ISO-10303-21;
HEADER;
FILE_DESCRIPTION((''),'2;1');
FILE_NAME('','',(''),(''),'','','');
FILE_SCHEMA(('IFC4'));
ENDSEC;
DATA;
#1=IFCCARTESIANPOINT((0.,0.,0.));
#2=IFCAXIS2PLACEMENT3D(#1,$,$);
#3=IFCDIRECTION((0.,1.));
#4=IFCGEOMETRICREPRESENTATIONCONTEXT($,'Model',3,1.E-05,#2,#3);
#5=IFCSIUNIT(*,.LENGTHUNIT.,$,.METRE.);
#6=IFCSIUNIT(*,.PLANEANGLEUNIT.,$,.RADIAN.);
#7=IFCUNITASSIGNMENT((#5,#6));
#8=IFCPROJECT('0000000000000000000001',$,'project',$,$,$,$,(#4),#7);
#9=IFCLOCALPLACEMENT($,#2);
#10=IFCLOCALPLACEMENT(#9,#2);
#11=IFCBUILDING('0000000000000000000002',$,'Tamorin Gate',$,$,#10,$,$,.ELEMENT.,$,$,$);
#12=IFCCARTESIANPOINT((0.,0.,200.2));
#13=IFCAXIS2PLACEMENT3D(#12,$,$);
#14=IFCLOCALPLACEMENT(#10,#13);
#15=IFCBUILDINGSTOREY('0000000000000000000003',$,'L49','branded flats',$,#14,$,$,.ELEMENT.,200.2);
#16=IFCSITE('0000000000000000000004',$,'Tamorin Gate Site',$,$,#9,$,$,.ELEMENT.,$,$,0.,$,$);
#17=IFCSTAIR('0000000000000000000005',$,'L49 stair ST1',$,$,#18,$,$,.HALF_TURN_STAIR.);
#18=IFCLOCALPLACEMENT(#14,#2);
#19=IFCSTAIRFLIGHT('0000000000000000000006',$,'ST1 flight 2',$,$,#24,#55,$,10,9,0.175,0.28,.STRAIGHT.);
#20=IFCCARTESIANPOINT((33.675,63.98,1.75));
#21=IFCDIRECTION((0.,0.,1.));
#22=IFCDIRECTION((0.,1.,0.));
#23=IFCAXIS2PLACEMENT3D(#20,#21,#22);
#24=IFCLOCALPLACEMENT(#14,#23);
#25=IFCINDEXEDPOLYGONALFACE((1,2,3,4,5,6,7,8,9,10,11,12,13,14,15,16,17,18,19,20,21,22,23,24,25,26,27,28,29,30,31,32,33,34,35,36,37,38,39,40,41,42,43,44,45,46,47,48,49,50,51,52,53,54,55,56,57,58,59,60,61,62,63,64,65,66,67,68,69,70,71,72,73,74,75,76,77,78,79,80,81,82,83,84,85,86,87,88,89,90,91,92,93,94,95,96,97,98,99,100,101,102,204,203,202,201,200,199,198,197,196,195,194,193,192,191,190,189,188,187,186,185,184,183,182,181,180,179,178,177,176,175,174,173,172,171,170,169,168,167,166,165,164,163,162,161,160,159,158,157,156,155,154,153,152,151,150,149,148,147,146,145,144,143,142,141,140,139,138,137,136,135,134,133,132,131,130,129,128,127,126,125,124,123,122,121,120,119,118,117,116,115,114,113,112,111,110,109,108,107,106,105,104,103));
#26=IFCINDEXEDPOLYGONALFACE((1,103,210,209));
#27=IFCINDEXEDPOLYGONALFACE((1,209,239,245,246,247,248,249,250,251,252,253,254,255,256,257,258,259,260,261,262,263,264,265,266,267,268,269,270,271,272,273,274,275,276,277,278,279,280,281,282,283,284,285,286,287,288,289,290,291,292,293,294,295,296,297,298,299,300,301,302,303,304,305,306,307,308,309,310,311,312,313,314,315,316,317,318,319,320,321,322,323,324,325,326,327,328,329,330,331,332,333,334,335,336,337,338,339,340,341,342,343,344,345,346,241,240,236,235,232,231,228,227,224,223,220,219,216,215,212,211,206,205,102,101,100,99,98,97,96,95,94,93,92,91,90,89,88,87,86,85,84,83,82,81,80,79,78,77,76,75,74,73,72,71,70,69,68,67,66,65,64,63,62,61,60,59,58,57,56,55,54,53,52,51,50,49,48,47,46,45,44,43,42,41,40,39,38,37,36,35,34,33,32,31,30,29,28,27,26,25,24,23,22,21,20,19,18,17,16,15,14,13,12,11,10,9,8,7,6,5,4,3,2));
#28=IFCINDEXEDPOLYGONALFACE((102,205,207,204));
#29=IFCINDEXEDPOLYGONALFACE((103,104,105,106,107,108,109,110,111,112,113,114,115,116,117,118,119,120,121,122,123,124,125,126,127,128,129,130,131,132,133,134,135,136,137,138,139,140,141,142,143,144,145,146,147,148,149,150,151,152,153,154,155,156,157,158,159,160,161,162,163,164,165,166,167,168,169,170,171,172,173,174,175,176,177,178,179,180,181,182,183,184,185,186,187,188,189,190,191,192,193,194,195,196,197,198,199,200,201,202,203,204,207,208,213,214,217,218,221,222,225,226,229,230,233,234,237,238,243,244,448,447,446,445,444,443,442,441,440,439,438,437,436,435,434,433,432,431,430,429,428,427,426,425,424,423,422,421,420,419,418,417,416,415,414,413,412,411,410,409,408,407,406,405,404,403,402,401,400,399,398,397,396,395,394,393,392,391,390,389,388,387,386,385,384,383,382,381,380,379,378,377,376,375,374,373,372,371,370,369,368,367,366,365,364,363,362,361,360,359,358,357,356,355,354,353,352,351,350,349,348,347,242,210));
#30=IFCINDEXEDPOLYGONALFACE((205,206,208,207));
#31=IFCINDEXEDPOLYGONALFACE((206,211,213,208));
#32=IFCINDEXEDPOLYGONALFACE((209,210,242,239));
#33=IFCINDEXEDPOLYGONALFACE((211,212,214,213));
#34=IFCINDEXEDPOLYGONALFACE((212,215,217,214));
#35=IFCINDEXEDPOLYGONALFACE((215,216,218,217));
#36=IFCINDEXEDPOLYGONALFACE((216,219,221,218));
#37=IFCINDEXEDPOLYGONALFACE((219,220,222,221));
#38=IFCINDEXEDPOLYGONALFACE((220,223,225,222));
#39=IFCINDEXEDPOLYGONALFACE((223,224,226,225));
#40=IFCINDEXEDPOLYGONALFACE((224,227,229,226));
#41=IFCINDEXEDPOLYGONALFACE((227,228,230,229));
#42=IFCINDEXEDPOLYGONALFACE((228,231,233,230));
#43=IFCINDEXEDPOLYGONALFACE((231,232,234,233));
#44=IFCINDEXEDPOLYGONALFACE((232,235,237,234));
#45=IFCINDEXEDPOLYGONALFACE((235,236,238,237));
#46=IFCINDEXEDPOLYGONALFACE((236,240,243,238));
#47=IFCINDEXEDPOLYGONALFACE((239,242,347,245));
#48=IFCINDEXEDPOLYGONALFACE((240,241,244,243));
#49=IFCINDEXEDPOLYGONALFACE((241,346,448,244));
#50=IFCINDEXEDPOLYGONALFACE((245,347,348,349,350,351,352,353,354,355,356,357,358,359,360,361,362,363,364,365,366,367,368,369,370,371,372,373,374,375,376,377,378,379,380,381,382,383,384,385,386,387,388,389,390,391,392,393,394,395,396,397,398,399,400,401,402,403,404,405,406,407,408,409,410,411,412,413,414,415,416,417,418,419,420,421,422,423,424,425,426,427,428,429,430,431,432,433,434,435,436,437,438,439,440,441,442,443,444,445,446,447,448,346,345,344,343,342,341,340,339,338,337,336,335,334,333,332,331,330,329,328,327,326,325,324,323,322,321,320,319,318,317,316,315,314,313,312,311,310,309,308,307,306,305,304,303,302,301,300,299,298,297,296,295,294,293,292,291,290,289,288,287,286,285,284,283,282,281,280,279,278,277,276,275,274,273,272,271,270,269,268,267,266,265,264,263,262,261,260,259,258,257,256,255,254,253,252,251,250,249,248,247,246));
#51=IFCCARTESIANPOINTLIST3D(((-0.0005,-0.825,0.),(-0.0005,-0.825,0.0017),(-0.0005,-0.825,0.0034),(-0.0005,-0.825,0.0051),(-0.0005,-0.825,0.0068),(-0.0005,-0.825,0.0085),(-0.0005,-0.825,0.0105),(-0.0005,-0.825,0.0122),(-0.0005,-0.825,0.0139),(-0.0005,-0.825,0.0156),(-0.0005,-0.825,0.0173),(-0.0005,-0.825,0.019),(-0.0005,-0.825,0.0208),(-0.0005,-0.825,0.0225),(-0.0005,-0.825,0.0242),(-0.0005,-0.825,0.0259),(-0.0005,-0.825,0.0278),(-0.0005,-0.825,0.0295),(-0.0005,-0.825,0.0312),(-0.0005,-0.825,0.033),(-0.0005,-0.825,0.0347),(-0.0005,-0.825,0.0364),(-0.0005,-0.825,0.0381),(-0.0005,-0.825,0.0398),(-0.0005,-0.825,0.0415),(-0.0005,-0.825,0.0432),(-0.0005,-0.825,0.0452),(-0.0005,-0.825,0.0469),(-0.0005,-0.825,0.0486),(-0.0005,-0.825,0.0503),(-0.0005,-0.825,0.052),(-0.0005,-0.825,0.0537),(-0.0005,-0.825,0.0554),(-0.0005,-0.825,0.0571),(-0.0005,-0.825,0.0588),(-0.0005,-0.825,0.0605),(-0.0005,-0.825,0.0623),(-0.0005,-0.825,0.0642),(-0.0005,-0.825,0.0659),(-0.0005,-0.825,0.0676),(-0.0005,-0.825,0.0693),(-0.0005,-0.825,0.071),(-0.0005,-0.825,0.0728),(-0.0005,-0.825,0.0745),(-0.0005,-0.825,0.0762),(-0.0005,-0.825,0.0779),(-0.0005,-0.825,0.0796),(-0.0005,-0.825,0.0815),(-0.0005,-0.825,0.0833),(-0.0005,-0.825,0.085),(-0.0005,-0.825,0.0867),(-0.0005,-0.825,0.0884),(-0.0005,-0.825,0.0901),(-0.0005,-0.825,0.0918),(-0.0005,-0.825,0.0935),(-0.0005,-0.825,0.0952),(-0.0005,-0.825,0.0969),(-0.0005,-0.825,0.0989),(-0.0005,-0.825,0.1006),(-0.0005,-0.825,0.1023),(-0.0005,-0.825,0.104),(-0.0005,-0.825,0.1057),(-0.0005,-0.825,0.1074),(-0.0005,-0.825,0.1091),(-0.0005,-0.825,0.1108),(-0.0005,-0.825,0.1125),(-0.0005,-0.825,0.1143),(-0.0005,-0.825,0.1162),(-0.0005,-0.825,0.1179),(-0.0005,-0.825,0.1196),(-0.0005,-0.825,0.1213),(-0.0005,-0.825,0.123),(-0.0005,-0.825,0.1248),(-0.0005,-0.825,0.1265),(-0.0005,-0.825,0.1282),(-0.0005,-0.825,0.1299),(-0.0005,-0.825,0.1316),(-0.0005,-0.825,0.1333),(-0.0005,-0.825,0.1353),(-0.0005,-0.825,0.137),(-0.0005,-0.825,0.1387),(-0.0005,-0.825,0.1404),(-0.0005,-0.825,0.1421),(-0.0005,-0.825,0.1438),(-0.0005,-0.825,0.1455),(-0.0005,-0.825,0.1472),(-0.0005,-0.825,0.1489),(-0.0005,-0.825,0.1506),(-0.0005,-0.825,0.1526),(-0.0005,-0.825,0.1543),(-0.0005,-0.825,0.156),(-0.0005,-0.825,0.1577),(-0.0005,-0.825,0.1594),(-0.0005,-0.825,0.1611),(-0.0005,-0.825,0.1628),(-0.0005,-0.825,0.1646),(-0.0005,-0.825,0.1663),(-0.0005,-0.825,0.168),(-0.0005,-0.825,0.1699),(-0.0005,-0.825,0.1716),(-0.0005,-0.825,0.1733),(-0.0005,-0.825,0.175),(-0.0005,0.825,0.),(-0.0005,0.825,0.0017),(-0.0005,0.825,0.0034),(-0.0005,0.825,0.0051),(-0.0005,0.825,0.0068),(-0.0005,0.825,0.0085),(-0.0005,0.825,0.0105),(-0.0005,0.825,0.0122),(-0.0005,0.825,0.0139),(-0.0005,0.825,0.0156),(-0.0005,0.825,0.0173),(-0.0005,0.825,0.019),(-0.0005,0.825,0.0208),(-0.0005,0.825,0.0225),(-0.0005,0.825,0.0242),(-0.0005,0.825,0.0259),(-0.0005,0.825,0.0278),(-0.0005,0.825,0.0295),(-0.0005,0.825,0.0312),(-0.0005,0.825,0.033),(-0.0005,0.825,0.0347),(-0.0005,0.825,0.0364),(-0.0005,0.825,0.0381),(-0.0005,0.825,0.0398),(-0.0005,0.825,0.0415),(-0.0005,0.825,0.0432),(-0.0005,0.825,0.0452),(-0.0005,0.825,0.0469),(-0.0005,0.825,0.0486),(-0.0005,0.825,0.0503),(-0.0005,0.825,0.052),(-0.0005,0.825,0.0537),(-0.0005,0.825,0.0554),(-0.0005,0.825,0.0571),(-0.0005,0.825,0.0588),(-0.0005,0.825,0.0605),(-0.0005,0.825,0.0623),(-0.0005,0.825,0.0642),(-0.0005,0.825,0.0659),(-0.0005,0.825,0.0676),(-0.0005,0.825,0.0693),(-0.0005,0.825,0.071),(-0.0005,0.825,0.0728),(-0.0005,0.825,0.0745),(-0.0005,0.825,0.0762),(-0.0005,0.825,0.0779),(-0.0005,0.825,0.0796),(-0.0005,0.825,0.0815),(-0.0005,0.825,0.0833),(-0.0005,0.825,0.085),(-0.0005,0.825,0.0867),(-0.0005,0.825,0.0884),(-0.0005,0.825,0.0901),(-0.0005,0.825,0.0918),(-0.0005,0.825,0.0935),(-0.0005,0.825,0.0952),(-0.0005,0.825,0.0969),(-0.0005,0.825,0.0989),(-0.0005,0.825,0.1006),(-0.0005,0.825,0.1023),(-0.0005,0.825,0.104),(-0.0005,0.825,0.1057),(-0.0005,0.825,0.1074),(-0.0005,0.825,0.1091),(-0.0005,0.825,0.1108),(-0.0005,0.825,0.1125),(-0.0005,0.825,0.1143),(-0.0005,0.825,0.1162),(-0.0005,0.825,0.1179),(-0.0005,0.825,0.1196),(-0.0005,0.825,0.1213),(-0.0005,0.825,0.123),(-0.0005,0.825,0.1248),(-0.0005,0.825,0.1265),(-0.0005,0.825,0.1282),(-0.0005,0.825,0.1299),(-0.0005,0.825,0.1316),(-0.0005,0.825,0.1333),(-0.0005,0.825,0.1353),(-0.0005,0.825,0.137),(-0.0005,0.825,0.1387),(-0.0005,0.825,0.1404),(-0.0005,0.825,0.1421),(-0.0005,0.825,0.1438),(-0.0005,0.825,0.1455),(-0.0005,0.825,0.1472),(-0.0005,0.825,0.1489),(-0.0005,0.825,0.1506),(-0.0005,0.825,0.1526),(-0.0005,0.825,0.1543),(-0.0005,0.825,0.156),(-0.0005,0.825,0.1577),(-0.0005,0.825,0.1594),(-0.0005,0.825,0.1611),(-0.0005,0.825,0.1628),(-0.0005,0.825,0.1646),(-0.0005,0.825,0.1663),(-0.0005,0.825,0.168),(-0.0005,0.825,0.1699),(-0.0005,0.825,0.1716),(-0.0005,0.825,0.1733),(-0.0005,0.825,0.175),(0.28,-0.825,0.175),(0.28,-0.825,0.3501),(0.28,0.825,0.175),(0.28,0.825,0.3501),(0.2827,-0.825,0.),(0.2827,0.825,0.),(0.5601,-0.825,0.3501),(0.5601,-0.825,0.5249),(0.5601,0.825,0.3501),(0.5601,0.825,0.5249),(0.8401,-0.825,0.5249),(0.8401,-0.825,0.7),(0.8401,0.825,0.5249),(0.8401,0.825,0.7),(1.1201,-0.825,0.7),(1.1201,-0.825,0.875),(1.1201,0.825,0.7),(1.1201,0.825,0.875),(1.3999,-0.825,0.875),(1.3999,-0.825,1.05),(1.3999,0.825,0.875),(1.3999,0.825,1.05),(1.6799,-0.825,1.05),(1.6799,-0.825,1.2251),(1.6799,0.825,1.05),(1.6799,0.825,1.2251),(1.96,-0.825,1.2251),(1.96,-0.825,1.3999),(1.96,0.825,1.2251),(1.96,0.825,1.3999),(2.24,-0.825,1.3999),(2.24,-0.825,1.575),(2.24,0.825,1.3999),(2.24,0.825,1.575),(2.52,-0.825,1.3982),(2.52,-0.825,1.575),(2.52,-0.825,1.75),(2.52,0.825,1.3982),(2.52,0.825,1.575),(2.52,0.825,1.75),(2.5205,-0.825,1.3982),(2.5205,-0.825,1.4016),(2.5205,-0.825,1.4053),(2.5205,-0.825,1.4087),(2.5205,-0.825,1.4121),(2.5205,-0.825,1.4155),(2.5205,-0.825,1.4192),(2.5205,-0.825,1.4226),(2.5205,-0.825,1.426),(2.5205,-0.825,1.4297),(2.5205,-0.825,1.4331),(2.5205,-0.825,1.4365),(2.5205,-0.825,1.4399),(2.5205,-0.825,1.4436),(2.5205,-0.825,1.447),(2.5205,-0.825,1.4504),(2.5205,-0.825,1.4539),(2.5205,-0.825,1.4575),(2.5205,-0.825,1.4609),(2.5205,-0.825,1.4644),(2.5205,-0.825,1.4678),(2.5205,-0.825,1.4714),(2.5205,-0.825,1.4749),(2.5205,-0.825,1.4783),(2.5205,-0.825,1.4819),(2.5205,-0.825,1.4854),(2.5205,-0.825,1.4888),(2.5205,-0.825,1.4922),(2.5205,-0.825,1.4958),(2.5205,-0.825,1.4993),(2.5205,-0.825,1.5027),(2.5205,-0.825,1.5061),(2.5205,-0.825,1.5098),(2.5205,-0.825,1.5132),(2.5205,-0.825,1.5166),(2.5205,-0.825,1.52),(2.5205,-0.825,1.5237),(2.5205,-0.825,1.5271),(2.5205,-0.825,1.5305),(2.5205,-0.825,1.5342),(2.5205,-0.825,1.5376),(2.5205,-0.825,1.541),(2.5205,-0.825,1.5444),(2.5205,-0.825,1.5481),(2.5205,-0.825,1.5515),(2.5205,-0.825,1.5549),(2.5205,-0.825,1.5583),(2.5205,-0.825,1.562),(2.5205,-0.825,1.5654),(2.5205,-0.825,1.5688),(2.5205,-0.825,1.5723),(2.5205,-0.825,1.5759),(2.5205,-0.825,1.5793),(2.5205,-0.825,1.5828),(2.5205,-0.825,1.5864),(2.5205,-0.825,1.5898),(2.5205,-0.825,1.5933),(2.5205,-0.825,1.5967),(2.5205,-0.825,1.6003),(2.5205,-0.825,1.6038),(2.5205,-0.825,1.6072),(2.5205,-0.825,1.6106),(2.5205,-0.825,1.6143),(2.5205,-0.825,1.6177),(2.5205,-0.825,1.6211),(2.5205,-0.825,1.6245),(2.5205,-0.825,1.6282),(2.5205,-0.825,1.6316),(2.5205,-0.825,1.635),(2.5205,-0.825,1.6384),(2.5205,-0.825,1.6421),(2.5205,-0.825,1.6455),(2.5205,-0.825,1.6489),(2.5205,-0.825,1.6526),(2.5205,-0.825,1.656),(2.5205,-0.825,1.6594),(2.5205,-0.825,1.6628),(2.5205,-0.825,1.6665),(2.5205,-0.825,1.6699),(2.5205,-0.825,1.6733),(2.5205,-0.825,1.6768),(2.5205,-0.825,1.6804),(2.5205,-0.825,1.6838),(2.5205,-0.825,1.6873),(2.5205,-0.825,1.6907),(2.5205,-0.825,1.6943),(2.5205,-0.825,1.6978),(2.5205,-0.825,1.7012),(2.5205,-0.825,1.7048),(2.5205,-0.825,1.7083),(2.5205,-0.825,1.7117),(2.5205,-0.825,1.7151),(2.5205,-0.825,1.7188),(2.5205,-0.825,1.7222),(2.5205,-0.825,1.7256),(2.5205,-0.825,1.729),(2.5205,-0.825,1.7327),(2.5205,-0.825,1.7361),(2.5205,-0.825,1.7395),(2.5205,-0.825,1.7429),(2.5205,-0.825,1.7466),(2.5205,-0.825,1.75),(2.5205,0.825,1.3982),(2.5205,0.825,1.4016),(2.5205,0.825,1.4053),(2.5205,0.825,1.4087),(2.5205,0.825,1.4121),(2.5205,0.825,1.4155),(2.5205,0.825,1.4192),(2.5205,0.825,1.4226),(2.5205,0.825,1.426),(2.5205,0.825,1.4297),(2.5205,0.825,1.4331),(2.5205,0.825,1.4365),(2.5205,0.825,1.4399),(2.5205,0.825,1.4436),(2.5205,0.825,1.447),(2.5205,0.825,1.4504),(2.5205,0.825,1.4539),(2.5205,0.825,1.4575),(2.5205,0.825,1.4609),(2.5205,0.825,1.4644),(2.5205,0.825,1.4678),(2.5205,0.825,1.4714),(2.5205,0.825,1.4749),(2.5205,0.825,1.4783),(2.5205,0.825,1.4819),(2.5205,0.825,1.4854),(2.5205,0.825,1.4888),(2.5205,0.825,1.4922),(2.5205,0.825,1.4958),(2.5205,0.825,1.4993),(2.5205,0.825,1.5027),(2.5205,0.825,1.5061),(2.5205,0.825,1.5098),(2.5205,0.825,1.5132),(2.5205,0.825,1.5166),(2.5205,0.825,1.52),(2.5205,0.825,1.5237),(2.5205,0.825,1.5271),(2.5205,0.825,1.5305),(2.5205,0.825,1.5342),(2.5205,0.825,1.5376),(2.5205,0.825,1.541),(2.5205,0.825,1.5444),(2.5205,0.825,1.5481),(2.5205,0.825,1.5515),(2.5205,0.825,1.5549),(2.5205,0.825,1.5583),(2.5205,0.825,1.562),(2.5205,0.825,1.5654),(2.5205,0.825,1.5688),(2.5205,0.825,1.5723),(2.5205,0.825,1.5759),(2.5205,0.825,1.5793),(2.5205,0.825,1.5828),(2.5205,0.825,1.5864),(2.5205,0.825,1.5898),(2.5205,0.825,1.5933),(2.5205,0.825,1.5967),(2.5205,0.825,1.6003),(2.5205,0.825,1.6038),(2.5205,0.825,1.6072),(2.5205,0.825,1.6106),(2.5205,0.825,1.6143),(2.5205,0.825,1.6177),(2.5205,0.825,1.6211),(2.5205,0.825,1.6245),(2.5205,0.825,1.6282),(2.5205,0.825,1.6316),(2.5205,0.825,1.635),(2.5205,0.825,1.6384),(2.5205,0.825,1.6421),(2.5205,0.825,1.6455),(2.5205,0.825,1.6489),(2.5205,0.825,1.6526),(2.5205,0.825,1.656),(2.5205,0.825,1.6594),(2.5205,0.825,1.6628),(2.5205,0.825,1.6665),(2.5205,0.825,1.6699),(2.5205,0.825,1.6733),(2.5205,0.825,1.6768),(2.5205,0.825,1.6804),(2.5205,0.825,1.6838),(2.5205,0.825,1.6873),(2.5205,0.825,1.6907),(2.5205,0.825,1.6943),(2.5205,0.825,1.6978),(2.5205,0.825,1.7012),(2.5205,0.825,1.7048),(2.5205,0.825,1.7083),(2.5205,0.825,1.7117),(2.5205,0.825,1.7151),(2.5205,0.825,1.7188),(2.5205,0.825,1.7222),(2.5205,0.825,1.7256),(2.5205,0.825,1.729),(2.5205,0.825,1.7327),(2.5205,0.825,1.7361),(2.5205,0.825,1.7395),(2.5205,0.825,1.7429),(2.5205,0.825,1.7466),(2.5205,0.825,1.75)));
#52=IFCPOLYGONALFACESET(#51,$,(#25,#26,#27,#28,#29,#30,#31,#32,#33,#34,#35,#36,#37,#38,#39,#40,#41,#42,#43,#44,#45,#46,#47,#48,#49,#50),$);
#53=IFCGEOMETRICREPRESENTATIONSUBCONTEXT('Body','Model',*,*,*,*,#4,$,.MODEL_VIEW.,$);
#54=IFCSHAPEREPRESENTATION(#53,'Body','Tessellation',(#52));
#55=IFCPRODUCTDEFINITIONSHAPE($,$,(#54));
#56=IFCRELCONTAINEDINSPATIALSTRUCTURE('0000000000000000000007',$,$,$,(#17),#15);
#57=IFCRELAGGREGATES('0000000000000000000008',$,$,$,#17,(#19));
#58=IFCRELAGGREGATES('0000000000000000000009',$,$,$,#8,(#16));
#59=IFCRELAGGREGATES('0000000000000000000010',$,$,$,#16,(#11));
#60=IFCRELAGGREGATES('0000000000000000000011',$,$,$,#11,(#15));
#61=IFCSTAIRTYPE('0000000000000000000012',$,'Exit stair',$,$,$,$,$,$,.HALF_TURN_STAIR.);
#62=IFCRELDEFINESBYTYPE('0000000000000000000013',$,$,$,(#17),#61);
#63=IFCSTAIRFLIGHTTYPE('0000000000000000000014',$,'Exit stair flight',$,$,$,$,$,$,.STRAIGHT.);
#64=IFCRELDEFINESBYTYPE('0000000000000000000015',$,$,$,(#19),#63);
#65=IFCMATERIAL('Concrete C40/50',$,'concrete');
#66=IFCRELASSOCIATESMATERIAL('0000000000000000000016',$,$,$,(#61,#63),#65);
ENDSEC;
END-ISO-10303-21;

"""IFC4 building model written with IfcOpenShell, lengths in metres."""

from ifc_helpers import new_model, si_unit, direction, frame, origin, place, context, subcontext, project, spatial, polyline, outline, extrude, material, type_object, element, aggregate, save


model = new_model("IFC4")

# Units and contexts
model_context = context("Model", 3, precision=1e-05, world=origin(), true_north=direction((0.0, 1.0)))
body_context = subcontext(model_context, "Body", "Model", "MODEL_VIEW")
ifc_project = project(units=[si_unit("LENGTHUNIT", "METRE"), si_unit("PLANEANGLEUNIT", "RADIAN")], contexts=[model_context])

# Site, building, storey
site_placement = place(None, origin())
site = spatial("IfcSite", under=ifc_project, at=site_placement, Name="Tamorin Gate Site", CompositionType="ELEMENT", RefElevation=0.0)
building_placement = place(site_placement, origin())
building = spatial("IfcBuilding", under=site, at=building_placement, Name="Tamorin Gate", CompositionType="ELEMENT")
storey_placement = place(building_placement, frame((0.0, 0.0, 200.2)))
storey = spatial("IfcBuildingStorey", under=building, at=storey_placement, Name="L49", Description="branded flats", CompositionType="ELEMENT", Elevation=200.2)

# Shared definitions
ifc_material_1 = material(Name="Concrete C40/50", Category="concrete")

# Stair, stair flight
stair_type = type_object("IfcStairType", Name="Exit stair", PredefinedType="HALF_TURN_STAIR", material=ifc_material_1)
stair_1_placement = place(storey_placement, origin())
stair_1 = element("IfcStair", 1, at=stair_1_placement, inside=storey, type_object=stair_type, Name="L49 stair ST1", PredefinedType="HALF_TURN_STAIR")
stair_flight_type = type_object("IfcStairFlightType", Name="Exit stair flight", PredefinedType="STRAIGHT", material=ifc_material_1)
stair_flight_1_placement = place(storey_placement, frame((33.675, 63.98, 1.75), z_axis=(0.0, 0.0, 1.0), x_axis=(0.0, 1.0, 0.0)))
stair_flight_1 = element("IfcStairFlight", 2, at=stair_flight_1_placement, type_object=stair_flight_type, Name="ST1 flight 2", NumberOfRisers=10, NumberOfTreads=9, PredefinedType="STRAIGHT", RiserHeight=0.175, TreadLength=0.28, context=body_context, shape_type="SweptSolid", body=[
    extrude(outline(polyline([(-0.0005, 0.0), (-0.0005, 0.0017), (-0.0005, 0.0034), (-0.0005, 0.0051), (-0.0005, 0.0068), (-0.0005, 0.0085), (-0.0005, 0.0105), (-0.0005, 0.0122), (-0.0005, 0.0139), (-0.0005, 0.0156), (-0.0005, 0.0173), (-0.0005, 0.019), (-0.0005, 0.0208), (-0.0005, 0.0225), (-0.0005, 0.0242), (-0.0005, 0.0259), (-0.0005, 0.0278), (-0.0005, 0.0295), (-0.0005, 0.0312), (-0.0005, 0.033), (-0.0005, 0.0347), (-0.0005, 0.0364), (-0.0005, 0.0381), (-0.0005, 0.0398), (-0.0005, 0.0415), (-0.0005, 0.0432), (-0.0005, 0.0452), (-0.0005, 0.0469), (-0.0005, 0.0486), (-0.0005, 0.0503), (-0.0005, 0.052), (-0.0005, 0.0537), (-0.0005, 0.0554), (-0.0005, 0.0571), (-0.0005, 0.0588), (-0.0005, 0.0605), (-0.0005, 0.0623), (-0.0005, 0.0642), (-0.0005, 0.0659), (-0.0005, 0.0676), (-0.0005, 0.0693), (-0.0005, 0.071), (-0.0005, 0.0728), (-0.0005, 0.0745), (-0.0005, 0.0762), (-0.0005, 0.0779), (-0.0005, 0.0796), (-0.0005, 0.0815), (-0.0005, 0.0833), (-0.0005, 0.085), (-0.0005, 0.0867), (-0.0005, 0.0884), (-0.0005, 0.0901), (-0.0005, 0.0918), (-0.0005, 0.0935), (-0.0005, 0.0952), (-0.0005, 0.0969), (-0.0005, 0.0989), (-0.0005, 0.1006), (-0.0005, 0.1023), (-0.0005, 0.104), (-0.0005, 0.1057), (-0.0005, 0.1074), (-0.0005, 0.1091), (-0.0005, 0.1108), (-0.0005, 0.1125), (-0.0005, 0.1143), (-0.0005, 0.1162), (-0.0005, 0.1179), (-0.0005, 0.1196), (-0.0005, 0.1213), (-0.0005, 0.123), (-0.0005, 0.1248), (-0.0005, 0.1265), (-0.0005, 0.1282), (-0.0005, 0.1299), (-0.0005, 0.1316), (-0.0005, 0.1333), (-0.0005, 0.1353), (-0.0005, 0.137), (-0.0005, 0.1387), (-0.0005, 0.1404), (-0.0005, 0.1421), (-0.0005, 0.1438), (-0.0005, 0.1455), (-0.0005, 0.1472), (-0.0005, 0.1489), (-0.0005, 0.1506), (-0.0005, 0.1526), (-0.0005, 0.1543), (-0.0005, 0.156), (-0.0005, 0.1577), (-0.0005, 0.1594), (-0.0005, 0.1611), (-0.0005, 0.1628), (-0.0005, 0.1646), (-0.0005, 0.1663), (-0.0005, 0.168), (-0.0005, 0.1699), (-0.0005, 0.1716), (-0.0005, 0.1733), (-0.0005, 0.175), (0.28, 0.175), (0.28, 0.3501), (0.5601, 0.3501), (0.5601, 0.5249), (0.8401, 0.5249), (0.8401, 0.7), (1.1201, 0.7), (1.1201, 0.875), (1.3999, 0.875), (1.3999, 1.05), (1.6799, 1.05), (1.6799, 1.2251), (1.96, 1.2251), (1.96, 1.3999), (2.24, 1.3999), (2.24, 1.575), (2.52, 1.575), (2.52, 1.75), (2.5205, 1.75), (2.5205, 1.7466), (2.5205, 1.7429), (2.5205, 1.7395), (2.5205, 1.7361), (2.5205, 1.7327), (2.5205, 1.729), (2.5205, 1.7256), (2.5205, 1.7222), (2.5205, 1.7188), (2.5205, 1.7151), (2.5205, 1.7117), (2.5205, 1.7083), (2.5205, 1.7048), (2.5205, 1.7012), (2.5205, 1.6978), (2.5205, 1.6943), (2.5205, 1.6907), (2.5205, 1.6873), (2.5205, 1.6838), (2.5205, 1.6804), (2.5205, 1.6768), (2.5205, 1.6733), (2.5205, 1.6699), (2.5205, 1.6665), (2.5205, 1.6628), (2.5205, 1.6594), (2.5205, 1.656), (2.5205, 1.6526), (2.5205, 1.6489), (2.5205, 1.6455), (2.5205, 1.6421), (2.5205, 1.6384), (2.5205, 1.635), (2.5205, 1.6316), (2.5205, 1.6282), (2.5205, 1.6245), (2.5205, 1.6211), (2.5205, 1.6177), (2.5205, 1.6143), (2.5205, 1.6106), (2.5205, 1.6072), (2.5205, 1.6038), (2.5205, 1.6003), (2.5205, 1.5967), (2.5205, 1.5933), (2.5205, 1.5898), (2.5205, 1.5864), (2.5205, 1.5828), (2.5205, 1.5793), (2.5205, 1.5759), (2.5205, 1.5723), (2.5205, 1.5688), (2.5205, 1.5654), (2.5205, 1.562), (2.5205, 1.5583), (2.5205, 1.5549), (2.5205, 1.5515), (2.5205, 1.5481), (2.5205, 1.5444), (2.5205, 1.541), (2.5205, 1.5376), (2.5205, 1.5342), (2.5205, 1.5305), (2.5205, 1.5271), (2.5205, 1.5237), (2.5205, 1.52), (2.5205, 1.5166), (2.5205, 1.5132), (2.5205, 1.5098), (2.5205, 1.5061), (2.5205, 1.5027), (2.5205, 1.4993), (2.5205, 1.4958), (2.5205, 1.4922), (2.5205, 1.4888), (2.5205, 1.4854), (2.5205, 1.4819), (2.5205, 1.4783), (2.5205, 1.4749), (2.5205, 1.4714), (2.5205, 1.4678), (2.5205, 1.4644), (2.5205, 1.4609), (2.5205, 1.4575), (2.5205, 1.4539), (2.5205, 1.4504), (2.5205, 1.447), (2.5205, 1.4436), (2.5205, 1.4399), (2.5205, 1.4365), (2.5205, 1.4331), (2.5205, 1.4297), (2.5205, 1.426), (2.5205, 1.4226), (2.5205, 1.4192), (2.5205, 1.4155), (2.5205, 1.4121), (2.5205, 1.4087), (2.5205, 1.4053), (2.5205, 1.4016), (2.5205, 1.3982), (2.52, 1.3982), (0.2827, 0.0), (-0.0005, 0.0)])), frame((0.0, 0.825, 0.0), z_axis=(0.0, -1.0, 0.0), x_axis=(1.0, 0.0, 0.0)), (0.0, 0.0, 1.0), 1.6499),
])
aggregate(stair_1, [stair_flight_1])

save(model, "model.ifc")
